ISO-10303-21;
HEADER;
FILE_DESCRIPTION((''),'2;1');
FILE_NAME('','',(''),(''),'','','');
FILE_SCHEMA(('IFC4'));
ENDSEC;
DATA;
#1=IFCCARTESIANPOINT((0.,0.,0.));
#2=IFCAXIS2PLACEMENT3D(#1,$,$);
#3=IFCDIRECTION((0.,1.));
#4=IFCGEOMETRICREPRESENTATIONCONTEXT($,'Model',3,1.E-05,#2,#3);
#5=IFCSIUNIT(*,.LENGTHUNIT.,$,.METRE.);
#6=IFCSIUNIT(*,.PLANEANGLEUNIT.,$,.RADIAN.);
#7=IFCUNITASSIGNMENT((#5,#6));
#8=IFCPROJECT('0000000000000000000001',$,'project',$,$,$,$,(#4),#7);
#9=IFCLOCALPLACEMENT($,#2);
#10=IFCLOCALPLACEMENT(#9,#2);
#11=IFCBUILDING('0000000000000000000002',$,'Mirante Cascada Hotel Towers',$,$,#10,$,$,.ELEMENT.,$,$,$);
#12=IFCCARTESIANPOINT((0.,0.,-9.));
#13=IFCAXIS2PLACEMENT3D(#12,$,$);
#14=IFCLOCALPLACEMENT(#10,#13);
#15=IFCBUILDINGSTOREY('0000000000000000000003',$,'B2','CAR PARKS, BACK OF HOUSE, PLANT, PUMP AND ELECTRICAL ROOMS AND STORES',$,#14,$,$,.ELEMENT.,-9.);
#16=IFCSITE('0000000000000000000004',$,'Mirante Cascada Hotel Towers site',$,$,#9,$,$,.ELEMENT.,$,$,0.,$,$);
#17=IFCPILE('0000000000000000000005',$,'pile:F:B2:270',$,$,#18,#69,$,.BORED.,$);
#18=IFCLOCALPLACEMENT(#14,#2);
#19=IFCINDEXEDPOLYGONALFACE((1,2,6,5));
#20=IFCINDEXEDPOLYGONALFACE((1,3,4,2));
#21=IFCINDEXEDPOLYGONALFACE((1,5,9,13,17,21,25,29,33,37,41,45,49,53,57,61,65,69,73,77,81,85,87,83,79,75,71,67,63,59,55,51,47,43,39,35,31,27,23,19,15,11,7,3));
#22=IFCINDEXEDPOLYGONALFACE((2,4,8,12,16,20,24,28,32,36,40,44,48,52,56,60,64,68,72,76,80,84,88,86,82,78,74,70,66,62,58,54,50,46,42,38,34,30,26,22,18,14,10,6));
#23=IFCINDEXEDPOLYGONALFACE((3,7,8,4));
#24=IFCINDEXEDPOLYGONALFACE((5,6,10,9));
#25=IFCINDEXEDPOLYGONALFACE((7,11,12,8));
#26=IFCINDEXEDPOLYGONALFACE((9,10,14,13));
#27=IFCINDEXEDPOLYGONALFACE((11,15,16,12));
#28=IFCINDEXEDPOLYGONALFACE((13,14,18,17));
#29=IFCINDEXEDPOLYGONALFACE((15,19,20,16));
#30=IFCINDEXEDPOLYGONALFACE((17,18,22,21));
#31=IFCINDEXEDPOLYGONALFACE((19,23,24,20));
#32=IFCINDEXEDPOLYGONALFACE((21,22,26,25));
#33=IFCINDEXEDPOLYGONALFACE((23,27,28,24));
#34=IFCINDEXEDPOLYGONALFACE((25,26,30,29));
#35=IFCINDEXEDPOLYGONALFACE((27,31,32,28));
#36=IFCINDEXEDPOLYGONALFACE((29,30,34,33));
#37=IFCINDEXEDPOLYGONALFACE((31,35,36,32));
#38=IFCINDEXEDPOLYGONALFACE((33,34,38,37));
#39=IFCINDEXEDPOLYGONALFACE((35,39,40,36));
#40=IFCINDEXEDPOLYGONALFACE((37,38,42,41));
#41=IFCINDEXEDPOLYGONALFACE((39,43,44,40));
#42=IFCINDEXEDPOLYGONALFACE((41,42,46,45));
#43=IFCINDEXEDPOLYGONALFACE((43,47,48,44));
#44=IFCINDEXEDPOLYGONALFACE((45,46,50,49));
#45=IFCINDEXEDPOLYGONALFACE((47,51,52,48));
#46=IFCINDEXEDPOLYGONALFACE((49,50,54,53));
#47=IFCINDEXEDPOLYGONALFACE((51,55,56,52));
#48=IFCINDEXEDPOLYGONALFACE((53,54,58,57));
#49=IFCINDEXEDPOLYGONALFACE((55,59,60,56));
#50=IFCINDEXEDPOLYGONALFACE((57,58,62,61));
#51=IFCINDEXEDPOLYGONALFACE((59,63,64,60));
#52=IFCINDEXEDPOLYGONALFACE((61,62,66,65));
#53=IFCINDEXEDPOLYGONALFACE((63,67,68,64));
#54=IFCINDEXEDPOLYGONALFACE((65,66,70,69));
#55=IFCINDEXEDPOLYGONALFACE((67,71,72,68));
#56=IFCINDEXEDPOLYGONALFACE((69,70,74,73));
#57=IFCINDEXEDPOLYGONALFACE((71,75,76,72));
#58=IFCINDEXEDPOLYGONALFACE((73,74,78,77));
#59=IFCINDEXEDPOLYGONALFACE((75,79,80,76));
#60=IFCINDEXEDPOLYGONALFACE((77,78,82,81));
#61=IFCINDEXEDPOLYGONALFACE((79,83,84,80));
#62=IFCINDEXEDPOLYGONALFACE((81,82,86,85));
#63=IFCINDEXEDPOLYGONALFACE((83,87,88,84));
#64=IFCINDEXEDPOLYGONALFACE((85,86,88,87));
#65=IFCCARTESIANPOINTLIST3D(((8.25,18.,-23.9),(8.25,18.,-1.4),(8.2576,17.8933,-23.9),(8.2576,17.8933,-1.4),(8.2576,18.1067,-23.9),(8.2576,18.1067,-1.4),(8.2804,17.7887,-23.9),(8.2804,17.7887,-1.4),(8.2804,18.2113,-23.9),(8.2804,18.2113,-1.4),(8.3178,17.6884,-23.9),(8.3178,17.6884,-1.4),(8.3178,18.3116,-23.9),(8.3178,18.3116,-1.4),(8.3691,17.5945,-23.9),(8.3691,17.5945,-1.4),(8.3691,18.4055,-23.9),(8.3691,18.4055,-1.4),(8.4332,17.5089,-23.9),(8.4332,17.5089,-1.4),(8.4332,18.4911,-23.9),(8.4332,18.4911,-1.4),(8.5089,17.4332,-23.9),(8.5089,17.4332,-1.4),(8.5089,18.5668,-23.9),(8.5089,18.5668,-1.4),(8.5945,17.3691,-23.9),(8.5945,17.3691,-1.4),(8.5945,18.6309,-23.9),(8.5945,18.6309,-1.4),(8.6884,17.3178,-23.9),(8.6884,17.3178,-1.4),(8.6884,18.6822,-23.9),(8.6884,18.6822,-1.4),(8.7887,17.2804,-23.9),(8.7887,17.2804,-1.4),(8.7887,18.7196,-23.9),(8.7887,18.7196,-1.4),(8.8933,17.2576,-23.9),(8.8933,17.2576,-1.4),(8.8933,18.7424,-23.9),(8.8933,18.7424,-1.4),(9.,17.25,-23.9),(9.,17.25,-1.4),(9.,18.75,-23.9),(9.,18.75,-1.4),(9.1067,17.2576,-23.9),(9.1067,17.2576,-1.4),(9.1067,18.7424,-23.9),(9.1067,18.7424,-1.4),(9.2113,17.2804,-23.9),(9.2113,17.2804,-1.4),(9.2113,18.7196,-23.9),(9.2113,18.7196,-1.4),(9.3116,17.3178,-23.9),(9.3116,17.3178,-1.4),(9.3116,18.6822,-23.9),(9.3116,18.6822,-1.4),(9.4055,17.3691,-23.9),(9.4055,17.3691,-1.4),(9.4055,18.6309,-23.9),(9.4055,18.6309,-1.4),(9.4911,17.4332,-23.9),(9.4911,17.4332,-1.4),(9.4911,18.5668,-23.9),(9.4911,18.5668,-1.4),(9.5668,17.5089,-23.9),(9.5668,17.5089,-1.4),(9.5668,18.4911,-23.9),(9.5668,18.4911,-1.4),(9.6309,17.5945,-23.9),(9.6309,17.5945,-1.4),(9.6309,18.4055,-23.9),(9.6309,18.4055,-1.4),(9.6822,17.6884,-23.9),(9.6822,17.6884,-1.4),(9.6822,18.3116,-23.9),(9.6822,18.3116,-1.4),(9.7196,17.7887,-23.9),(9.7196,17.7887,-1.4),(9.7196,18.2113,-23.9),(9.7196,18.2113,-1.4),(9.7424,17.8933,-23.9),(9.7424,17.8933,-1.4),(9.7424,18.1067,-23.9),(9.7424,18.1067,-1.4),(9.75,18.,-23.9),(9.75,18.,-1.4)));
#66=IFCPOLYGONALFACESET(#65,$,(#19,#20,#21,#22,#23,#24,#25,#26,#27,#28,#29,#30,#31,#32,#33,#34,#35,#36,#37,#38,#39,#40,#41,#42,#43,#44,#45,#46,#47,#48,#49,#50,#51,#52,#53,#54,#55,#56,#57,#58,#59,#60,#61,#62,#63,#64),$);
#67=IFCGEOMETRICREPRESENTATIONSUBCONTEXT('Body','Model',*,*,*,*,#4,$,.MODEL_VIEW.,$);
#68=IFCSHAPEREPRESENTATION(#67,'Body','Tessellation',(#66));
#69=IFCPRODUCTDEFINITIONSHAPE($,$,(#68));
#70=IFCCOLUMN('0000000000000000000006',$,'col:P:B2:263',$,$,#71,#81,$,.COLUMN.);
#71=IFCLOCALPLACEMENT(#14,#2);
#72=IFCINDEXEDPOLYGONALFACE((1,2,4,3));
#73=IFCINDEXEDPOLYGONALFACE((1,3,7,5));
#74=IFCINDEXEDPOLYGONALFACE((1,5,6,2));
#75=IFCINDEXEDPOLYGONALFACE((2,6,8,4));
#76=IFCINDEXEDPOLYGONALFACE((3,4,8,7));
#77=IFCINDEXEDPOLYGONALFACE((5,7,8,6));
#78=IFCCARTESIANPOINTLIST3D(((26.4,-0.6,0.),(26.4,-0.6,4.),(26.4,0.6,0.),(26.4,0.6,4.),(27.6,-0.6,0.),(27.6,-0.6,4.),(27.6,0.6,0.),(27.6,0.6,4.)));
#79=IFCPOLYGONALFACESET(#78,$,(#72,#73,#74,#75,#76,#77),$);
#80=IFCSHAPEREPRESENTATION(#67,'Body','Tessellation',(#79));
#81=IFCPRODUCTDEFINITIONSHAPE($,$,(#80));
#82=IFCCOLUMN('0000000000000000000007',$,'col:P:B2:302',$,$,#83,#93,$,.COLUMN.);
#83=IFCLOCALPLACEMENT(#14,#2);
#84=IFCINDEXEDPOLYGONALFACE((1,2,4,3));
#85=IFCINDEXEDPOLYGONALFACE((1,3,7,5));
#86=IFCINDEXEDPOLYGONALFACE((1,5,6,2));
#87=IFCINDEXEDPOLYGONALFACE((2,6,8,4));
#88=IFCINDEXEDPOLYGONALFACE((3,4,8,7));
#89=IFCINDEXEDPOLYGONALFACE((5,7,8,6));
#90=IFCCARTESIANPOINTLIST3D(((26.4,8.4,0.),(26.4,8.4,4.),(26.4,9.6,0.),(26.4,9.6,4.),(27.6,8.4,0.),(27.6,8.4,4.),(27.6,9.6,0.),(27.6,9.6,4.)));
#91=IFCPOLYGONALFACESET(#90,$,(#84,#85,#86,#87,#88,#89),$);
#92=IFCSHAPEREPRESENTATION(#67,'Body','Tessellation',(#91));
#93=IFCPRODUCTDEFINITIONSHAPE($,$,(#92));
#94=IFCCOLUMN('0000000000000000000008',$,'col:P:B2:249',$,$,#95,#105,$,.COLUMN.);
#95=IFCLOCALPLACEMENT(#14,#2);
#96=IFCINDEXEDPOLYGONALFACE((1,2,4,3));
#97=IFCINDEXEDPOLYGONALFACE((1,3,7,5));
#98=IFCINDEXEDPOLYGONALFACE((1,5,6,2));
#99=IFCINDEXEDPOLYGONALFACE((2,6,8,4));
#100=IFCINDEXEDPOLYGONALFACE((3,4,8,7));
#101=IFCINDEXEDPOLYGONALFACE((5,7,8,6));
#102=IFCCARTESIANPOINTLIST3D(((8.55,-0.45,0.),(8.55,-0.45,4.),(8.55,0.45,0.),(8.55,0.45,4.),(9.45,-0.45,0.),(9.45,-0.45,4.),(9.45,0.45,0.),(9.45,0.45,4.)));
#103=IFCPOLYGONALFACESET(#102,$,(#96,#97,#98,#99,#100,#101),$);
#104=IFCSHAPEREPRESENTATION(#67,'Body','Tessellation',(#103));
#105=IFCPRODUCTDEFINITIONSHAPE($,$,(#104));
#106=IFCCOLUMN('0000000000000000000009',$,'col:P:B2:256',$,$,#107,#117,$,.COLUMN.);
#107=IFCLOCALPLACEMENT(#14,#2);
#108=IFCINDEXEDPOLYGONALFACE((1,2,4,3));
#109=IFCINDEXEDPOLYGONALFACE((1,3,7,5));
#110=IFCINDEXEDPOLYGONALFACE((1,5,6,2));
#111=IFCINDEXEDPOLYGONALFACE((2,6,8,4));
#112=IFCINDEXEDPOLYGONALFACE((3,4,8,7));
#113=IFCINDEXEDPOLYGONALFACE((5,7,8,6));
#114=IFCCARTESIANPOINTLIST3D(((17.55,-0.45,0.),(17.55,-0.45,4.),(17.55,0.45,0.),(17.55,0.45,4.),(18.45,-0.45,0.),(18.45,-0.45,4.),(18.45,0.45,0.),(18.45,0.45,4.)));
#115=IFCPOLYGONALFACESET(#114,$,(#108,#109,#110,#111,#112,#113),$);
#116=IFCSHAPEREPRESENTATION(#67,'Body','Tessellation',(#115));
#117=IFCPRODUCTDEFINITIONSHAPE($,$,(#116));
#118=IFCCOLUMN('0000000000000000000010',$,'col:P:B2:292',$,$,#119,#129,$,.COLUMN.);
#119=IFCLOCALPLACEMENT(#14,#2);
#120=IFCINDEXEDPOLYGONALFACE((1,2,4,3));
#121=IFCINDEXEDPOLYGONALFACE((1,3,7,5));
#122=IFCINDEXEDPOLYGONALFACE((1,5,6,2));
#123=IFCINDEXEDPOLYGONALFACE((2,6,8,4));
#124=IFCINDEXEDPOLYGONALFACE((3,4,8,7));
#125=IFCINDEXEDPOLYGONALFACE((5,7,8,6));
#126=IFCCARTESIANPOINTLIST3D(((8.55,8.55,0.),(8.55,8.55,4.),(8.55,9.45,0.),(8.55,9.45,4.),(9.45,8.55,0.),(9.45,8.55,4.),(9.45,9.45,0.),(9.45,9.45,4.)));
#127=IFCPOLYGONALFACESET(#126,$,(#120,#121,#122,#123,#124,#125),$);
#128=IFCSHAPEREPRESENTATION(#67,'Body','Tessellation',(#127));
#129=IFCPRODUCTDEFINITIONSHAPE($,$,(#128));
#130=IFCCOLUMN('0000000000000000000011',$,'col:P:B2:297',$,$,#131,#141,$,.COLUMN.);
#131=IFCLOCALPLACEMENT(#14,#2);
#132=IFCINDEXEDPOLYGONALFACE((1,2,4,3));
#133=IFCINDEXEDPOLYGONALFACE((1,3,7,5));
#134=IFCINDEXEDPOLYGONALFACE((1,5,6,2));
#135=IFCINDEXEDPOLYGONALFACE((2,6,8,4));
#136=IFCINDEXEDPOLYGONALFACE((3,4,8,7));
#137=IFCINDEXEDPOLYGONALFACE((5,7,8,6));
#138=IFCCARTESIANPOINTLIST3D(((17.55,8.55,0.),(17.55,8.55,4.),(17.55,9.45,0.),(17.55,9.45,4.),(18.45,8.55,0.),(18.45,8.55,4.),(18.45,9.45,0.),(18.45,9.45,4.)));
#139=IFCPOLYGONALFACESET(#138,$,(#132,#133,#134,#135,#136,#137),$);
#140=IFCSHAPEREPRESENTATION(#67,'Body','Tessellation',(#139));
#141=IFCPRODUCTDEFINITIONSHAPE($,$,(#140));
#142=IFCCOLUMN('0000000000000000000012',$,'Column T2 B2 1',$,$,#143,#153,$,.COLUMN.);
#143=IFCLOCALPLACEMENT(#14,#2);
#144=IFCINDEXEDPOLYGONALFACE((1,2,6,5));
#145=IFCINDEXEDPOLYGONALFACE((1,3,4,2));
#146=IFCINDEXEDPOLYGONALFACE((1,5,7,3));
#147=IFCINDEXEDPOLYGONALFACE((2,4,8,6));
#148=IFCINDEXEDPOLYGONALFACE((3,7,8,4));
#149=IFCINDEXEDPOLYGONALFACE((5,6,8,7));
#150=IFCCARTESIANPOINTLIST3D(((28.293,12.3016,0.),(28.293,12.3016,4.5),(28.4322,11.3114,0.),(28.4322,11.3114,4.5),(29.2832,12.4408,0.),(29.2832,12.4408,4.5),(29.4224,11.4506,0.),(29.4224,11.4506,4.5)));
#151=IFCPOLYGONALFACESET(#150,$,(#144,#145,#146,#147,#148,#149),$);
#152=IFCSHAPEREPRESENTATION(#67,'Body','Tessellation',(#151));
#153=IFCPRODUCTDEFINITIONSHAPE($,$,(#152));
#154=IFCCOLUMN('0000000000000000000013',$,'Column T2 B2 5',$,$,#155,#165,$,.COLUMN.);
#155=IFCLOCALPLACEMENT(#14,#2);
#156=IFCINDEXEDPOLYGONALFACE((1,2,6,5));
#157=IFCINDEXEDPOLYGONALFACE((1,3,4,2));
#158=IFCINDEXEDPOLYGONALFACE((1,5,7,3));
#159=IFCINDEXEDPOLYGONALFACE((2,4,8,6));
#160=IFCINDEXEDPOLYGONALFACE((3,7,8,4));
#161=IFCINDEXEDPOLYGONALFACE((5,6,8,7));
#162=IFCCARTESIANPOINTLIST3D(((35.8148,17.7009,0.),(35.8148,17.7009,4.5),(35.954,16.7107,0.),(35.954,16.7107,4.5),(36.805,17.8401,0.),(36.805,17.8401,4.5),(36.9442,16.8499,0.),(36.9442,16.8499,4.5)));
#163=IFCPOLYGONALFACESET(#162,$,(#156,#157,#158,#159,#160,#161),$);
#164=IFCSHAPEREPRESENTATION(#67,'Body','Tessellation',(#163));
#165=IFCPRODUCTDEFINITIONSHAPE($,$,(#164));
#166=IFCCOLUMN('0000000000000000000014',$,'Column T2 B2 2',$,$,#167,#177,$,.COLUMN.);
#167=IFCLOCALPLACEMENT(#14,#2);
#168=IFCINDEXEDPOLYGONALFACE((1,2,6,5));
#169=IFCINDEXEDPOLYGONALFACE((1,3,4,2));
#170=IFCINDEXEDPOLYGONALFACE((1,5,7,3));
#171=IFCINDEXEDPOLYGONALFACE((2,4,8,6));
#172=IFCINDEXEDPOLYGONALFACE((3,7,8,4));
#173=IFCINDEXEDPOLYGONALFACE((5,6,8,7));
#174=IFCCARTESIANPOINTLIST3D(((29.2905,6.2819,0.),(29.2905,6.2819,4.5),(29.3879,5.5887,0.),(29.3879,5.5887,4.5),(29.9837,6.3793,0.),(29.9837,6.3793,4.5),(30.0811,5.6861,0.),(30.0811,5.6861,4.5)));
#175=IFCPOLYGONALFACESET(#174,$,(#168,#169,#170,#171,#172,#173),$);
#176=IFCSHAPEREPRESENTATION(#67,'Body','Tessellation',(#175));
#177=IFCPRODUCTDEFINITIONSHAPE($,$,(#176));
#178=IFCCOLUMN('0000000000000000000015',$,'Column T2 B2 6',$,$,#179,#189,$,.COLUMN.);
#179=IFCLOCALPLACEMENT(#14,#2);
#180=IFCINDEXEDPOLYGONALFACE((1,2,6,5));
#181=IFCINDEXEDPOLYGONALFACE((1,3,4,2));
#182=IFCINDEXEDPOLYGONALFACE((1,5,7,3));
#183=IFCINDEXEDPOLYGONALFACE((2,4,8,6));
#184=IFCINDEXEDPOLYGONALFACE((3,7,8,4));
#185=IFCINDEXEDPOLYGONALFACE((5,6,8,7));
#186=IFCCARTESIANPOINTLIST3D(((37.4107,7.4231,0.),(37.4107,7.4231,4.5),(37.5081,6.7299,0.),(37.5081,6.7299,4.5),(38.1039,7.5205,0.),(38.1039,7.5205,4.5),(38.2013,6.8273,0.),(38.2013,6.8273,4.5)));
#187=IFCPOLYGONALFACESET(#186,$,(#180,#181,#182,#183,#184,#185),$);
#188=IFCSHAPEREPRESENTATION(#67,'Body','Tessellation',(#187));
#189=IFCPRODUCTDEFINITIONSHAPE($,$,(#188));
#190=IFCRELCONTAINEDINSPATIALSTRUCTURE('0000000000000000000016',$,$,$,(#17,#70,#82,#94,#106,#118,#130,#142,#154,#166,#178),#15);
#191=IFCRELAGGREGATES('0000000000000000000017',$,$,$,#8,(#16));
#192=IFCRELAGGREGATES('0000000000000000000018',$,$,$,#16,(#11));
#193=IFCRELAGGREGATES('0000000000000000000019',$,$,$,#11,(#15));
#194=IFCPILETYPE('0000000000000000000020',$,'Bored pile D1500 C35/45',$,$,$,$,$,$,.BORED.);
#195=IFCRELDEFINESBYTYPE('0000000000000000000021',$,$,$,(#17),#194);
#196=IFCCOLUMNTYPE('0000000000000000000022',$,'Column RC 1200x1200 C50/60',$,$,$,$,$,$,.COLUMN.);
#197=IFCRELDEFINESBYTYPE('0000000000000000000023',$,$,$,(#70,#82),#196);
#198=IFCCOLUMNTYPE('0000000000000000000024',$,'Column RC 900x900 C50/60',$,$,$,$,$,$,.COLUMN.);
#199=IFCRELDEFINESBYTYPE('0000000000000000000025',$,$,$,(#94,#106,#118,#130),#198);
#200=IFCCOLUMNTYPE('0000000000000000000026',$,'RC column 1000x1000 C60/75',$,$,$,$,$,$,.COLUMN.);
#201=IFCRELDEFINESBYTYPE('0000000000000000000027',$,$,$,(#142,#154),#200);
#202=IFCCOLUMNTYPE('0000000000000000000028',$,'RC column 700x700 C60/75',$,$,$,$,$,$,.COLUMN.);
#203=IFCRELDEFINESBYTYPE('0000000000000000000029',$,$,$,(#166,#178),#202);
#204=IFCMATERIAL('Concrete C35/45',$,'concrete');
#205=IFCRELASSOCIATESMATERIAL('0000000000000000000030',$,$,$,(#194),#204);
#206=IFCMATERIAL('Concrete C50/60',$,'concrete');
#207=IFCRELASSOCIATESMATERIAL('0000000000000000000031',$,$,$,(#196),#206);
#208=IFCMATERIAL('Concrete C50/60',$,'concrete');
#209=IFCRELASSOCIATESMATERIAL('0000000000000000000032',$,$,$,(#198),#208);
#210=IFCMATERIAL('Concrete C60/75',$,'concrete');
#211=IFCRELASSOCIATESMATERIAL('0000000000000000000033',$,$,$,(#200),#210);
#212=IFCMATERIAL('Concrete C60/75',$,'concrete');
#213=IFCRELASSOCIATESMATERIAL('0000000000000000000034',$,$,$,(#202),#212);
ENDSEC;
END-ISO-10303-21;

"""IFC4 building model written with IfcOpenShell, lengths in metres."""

from ifc_helpers import new_model, si_unit, direction, frame, origin, origin_2d, place, context, subcontext, project, spatial, rectangle, circle, extrude, material, material_profile, profile_set, type_object, element, save


model = new_model("IFC4")

# Units and contexts
model_context = context("Model", 3, precision=1e-05, world=origin(), true_north=direction((0.0, 1.0)))
body_context = subcontext(model_context, "Body", "Model", "MODEL_VIEW")
ifc_project = project(units=[si_unit("LENGTHUNIT", "METRE"), si_unit("PLANEANGLEUNIT", "RADIAN")], contexts=[model_context])

# Site, building, storey
site_placement = place(None, origin())
site = spatial("IfcSite", under=ifc_project, at=site_placement, Name="Mirante Cascada Hotel Towers site", CompositionType="ELEMENT", RefElevation=0.0)
building_placement = place(site_placement, origin())
building = spatial("IfcBuilding", under=site, at=building_placement, Name="Mirante Cascada Hotel Towers", CompositionType="ELEMENT")
storey_placement = place(building_placement, frame((0.0, 0.0, -9.0)))
storey = spatial("IfcBuildingStorey", under=building, at=storey_placement, Name="B2", Description="CAR PARKS, BACK OF HOUSE, PLANT, PUMP AND ELECTRICAL ROOMS AND STORES", CompositionType="ELEMENT", Elevation=-9.0)

# Pile
ifc_material_1 = material(Name="Concrete C35/45", Category="concrete")
ifc_material_profile_1 = material_profile(ifc_material_1, circle(Radius=0.75, at=origin_2d()), Name="RC D1500")
ifc_profile_set_1 = profile_set([ifc_material_profile_1], Name="Concrete C35/45")
pile_type = type_object("IfcPileType", Name="Bored pile D1500 C35/45", PredefinedType="BORED", material=ifc_profile_set_1)
for number, where, z_axis, x_axis, name in (
    (1, (9.0, 18.0, -1.4), (0.0, 0.0, -1.0), (1.0, 0.0, 0.0), "pile:F:B2:270"),
):
    element("IfcPile", number, at=place(storey_placement, frame(where, z_axis=z_axis, x_axis=x_axis)), inside=storey, type_object=pile_type, Name=name, PredefinedType="BORED", context=body_context, shape_type="SweptSolid", body=[
        extrude(circle(Radius=0.75, at=origin_2d()), origin(), (0.0, 0.0, 1.0), 22.5),
    ])

# Columns
ifc_material_2 = material(Name="Concrete C50/60", Category="concrete")
ifc_material_profile_2 = material_profile(ifc_material_2, rectangle(XDim=1.2, YDim=1.2, at=origin_2d()), Name="RC 1200x1200")
ifc_profile_set_2 = profile_set([ifc_material_profile_2], Name="Concrete C50/60")
column_type_1 = type_object("IfcColumnType", Name="Column RC 1200x1200 C50/60", PredefinedType="COLUMN", material=ifc_profile_set_2)
for number, where, z_axis, x_axis, name in (
    (2, (27.0, 0.0, 0.0), (0.0, 0.0, 1.0), (1.0, 0.0, 0.0), "col:P:B2:263"),
    (3, (27.0, 9.0, 0.0), (0.0, 0.0, 1.0), (1.0, 0.0, 0.0), "col:P:B2:302"),
):
    element("IfcColumn", number, at=place(storey_placement, frame(where, z_axis=z_axis, x_axis=x_axis)), inside=storey, type_object=column_type_1, Name=name, PredefinedType="COLUMN", context=body_context, shape_type="SweptSolid", body=[
        extrude(rectangle(XDim=1.2, YDim=1.2, at=origin_2d()), origin(), (0.0, 0.0, 1.0), 4.0),
    ])
ifc_material_3 = material(Name="Concrete C50/60", Category="concrete")
ifc_material_profile_3 = material_profile(ifc_material_3, rectangle(XDim=0.9, YDim=0.9, at=origin_2d()), Name="RC 900x900")
ifc_profile_set_3 = profile_set([ifc_material_profile_3], Name="Concrete C50/60")
column_type_2 = type_object("IfcColumnType", Name="Column RC 900x900 C50/60", PredefinedType="COLUMN", material=ifc_profile_set_3)
for number, where, z_axis, x_axis, name in (
    (4, (9.0, 0.0, 0.0), (0.0, 0.0, 1.0), (1.0, 0.0, 0.0), "col:P:B2:249"),
    (5, (18.0, 0.0, 0.0), (0.0, 0.0, 1.0), (1.0, 0.0, 0.0), "col:P:B2:256"),
    (6, (9.0, 9.0, 0.0), (0.0, 0.0, 1.0), (1.0, 0.0, 0.0), "col:P:B2:292"),
    (7, (18.0, 9.0, 0.0), (0.0, 0.0, 1.0), (1.0, 0.0, 0.0), "col:P:B2:297"),
):
    element("IfcColumn", number, at=place(storey_placement, frame(where, z_axis=z_axis, x_axis=x_axis)), inside=storey, type_object=column_type_2, Name=name, PredefinedType="COLUMN", context=body_context, shape_type="SweptSolid", body=[
        extrude(rectangle(XDim=0.9, YDim=0.9, at=origin_2d()), origin(), (0.0, 0.0, 1.0), 4.0),
    ])
ifc_material_4 = material(Name="Concrete C60/75", Category="concrete")
ifc_material_profile_4 = material_profile(ifc_material_4, rectangle(XDim=1.0, YDim=1.0, at=origin_2d()), Name="RC column 1000x1000 C60/75")
ifc_profile_set_4 = profile_set([ifc_material_profile_4], Name="Concrete C60/75")
column_type_3 = type_object("IfcColumnType", Name="RC column 1000x1000 C60/75", PredefinedType="COLUMN", material=ifc_profile_set_4)
for number, where, z_axis, x_axis, name in (
    (8, (28.8577, 11.8761, 0.0), (0.0, 0.0, 1.0), (0.990268, 0.139173, 0.0), "Column T2 B2 1"),
    (9, (36.3795, 17.2754, 0.0), (0.0, 0.0, 1.0), (0.990268, 0.139173, 0.0), "Column T2 B2 5"),
):
    element("IfcColumn", number, at=place(storey_placement, frame(where, z_axis=z_axis, x_axis=x_axis)), inside=storey, type_object=column_type_3, Name=name, PredefinedType="COLUMN", context=body_context, shape_type="SweptSolid", body=[
        extrude(rectangle(XDim=1.0, YDim=1.0, at=origin_2d()), origin(), (0.0, 0.0, 1.0), 4.5),
    ])
ifc_material_5 = material(Name="Concrete C60/75", Category="concrete")
ifc_material_profile_5 = material_profile(ifc_material_5, rectangle(XDim=0.7, YDim=0.7, at=origin_2d()), Name="RC column 700x700 C60/75")
ifc_profile_set_5 = profile_set([ifc_material_profile_5], Name="Concrete C60/75")
column_type_4 = type_object("IfcColumnType", Name="RC column 700x700 C60/75", PredefinedType="COLUMN", material=ifc_profile_set_5)
for number, where, z_axis, x_axis, name in (
    (10, (29.6858, 5.984, 0.0), (0.0, 0.0, 1.0), (0.990268, 0.139173, 0.0), "Column T2 B2 2"),
    (11, (37.806, 7.1252, 0.0), (0.0, 0.0, 1.0), (0.990268, 0.139173, 0.0), "Column T2 B2 6"),
):
    element("IfcColumn", number, at=place(storey_placement, frame(where, z_axis=z_axis, x_axis=x_axis)), inside=storey, type_object=column_type_4, Name=name, PredefinedType="COLUMN", context=body_context, shape_type="SweptSolid", body=[
        extrude(rectangle(XDim=0.7, YDim=0.7, at=origin_2d()), origin(), (0.0, 0.0, 1.0), 4.5),
    ])

save(model, "model.ifc")
